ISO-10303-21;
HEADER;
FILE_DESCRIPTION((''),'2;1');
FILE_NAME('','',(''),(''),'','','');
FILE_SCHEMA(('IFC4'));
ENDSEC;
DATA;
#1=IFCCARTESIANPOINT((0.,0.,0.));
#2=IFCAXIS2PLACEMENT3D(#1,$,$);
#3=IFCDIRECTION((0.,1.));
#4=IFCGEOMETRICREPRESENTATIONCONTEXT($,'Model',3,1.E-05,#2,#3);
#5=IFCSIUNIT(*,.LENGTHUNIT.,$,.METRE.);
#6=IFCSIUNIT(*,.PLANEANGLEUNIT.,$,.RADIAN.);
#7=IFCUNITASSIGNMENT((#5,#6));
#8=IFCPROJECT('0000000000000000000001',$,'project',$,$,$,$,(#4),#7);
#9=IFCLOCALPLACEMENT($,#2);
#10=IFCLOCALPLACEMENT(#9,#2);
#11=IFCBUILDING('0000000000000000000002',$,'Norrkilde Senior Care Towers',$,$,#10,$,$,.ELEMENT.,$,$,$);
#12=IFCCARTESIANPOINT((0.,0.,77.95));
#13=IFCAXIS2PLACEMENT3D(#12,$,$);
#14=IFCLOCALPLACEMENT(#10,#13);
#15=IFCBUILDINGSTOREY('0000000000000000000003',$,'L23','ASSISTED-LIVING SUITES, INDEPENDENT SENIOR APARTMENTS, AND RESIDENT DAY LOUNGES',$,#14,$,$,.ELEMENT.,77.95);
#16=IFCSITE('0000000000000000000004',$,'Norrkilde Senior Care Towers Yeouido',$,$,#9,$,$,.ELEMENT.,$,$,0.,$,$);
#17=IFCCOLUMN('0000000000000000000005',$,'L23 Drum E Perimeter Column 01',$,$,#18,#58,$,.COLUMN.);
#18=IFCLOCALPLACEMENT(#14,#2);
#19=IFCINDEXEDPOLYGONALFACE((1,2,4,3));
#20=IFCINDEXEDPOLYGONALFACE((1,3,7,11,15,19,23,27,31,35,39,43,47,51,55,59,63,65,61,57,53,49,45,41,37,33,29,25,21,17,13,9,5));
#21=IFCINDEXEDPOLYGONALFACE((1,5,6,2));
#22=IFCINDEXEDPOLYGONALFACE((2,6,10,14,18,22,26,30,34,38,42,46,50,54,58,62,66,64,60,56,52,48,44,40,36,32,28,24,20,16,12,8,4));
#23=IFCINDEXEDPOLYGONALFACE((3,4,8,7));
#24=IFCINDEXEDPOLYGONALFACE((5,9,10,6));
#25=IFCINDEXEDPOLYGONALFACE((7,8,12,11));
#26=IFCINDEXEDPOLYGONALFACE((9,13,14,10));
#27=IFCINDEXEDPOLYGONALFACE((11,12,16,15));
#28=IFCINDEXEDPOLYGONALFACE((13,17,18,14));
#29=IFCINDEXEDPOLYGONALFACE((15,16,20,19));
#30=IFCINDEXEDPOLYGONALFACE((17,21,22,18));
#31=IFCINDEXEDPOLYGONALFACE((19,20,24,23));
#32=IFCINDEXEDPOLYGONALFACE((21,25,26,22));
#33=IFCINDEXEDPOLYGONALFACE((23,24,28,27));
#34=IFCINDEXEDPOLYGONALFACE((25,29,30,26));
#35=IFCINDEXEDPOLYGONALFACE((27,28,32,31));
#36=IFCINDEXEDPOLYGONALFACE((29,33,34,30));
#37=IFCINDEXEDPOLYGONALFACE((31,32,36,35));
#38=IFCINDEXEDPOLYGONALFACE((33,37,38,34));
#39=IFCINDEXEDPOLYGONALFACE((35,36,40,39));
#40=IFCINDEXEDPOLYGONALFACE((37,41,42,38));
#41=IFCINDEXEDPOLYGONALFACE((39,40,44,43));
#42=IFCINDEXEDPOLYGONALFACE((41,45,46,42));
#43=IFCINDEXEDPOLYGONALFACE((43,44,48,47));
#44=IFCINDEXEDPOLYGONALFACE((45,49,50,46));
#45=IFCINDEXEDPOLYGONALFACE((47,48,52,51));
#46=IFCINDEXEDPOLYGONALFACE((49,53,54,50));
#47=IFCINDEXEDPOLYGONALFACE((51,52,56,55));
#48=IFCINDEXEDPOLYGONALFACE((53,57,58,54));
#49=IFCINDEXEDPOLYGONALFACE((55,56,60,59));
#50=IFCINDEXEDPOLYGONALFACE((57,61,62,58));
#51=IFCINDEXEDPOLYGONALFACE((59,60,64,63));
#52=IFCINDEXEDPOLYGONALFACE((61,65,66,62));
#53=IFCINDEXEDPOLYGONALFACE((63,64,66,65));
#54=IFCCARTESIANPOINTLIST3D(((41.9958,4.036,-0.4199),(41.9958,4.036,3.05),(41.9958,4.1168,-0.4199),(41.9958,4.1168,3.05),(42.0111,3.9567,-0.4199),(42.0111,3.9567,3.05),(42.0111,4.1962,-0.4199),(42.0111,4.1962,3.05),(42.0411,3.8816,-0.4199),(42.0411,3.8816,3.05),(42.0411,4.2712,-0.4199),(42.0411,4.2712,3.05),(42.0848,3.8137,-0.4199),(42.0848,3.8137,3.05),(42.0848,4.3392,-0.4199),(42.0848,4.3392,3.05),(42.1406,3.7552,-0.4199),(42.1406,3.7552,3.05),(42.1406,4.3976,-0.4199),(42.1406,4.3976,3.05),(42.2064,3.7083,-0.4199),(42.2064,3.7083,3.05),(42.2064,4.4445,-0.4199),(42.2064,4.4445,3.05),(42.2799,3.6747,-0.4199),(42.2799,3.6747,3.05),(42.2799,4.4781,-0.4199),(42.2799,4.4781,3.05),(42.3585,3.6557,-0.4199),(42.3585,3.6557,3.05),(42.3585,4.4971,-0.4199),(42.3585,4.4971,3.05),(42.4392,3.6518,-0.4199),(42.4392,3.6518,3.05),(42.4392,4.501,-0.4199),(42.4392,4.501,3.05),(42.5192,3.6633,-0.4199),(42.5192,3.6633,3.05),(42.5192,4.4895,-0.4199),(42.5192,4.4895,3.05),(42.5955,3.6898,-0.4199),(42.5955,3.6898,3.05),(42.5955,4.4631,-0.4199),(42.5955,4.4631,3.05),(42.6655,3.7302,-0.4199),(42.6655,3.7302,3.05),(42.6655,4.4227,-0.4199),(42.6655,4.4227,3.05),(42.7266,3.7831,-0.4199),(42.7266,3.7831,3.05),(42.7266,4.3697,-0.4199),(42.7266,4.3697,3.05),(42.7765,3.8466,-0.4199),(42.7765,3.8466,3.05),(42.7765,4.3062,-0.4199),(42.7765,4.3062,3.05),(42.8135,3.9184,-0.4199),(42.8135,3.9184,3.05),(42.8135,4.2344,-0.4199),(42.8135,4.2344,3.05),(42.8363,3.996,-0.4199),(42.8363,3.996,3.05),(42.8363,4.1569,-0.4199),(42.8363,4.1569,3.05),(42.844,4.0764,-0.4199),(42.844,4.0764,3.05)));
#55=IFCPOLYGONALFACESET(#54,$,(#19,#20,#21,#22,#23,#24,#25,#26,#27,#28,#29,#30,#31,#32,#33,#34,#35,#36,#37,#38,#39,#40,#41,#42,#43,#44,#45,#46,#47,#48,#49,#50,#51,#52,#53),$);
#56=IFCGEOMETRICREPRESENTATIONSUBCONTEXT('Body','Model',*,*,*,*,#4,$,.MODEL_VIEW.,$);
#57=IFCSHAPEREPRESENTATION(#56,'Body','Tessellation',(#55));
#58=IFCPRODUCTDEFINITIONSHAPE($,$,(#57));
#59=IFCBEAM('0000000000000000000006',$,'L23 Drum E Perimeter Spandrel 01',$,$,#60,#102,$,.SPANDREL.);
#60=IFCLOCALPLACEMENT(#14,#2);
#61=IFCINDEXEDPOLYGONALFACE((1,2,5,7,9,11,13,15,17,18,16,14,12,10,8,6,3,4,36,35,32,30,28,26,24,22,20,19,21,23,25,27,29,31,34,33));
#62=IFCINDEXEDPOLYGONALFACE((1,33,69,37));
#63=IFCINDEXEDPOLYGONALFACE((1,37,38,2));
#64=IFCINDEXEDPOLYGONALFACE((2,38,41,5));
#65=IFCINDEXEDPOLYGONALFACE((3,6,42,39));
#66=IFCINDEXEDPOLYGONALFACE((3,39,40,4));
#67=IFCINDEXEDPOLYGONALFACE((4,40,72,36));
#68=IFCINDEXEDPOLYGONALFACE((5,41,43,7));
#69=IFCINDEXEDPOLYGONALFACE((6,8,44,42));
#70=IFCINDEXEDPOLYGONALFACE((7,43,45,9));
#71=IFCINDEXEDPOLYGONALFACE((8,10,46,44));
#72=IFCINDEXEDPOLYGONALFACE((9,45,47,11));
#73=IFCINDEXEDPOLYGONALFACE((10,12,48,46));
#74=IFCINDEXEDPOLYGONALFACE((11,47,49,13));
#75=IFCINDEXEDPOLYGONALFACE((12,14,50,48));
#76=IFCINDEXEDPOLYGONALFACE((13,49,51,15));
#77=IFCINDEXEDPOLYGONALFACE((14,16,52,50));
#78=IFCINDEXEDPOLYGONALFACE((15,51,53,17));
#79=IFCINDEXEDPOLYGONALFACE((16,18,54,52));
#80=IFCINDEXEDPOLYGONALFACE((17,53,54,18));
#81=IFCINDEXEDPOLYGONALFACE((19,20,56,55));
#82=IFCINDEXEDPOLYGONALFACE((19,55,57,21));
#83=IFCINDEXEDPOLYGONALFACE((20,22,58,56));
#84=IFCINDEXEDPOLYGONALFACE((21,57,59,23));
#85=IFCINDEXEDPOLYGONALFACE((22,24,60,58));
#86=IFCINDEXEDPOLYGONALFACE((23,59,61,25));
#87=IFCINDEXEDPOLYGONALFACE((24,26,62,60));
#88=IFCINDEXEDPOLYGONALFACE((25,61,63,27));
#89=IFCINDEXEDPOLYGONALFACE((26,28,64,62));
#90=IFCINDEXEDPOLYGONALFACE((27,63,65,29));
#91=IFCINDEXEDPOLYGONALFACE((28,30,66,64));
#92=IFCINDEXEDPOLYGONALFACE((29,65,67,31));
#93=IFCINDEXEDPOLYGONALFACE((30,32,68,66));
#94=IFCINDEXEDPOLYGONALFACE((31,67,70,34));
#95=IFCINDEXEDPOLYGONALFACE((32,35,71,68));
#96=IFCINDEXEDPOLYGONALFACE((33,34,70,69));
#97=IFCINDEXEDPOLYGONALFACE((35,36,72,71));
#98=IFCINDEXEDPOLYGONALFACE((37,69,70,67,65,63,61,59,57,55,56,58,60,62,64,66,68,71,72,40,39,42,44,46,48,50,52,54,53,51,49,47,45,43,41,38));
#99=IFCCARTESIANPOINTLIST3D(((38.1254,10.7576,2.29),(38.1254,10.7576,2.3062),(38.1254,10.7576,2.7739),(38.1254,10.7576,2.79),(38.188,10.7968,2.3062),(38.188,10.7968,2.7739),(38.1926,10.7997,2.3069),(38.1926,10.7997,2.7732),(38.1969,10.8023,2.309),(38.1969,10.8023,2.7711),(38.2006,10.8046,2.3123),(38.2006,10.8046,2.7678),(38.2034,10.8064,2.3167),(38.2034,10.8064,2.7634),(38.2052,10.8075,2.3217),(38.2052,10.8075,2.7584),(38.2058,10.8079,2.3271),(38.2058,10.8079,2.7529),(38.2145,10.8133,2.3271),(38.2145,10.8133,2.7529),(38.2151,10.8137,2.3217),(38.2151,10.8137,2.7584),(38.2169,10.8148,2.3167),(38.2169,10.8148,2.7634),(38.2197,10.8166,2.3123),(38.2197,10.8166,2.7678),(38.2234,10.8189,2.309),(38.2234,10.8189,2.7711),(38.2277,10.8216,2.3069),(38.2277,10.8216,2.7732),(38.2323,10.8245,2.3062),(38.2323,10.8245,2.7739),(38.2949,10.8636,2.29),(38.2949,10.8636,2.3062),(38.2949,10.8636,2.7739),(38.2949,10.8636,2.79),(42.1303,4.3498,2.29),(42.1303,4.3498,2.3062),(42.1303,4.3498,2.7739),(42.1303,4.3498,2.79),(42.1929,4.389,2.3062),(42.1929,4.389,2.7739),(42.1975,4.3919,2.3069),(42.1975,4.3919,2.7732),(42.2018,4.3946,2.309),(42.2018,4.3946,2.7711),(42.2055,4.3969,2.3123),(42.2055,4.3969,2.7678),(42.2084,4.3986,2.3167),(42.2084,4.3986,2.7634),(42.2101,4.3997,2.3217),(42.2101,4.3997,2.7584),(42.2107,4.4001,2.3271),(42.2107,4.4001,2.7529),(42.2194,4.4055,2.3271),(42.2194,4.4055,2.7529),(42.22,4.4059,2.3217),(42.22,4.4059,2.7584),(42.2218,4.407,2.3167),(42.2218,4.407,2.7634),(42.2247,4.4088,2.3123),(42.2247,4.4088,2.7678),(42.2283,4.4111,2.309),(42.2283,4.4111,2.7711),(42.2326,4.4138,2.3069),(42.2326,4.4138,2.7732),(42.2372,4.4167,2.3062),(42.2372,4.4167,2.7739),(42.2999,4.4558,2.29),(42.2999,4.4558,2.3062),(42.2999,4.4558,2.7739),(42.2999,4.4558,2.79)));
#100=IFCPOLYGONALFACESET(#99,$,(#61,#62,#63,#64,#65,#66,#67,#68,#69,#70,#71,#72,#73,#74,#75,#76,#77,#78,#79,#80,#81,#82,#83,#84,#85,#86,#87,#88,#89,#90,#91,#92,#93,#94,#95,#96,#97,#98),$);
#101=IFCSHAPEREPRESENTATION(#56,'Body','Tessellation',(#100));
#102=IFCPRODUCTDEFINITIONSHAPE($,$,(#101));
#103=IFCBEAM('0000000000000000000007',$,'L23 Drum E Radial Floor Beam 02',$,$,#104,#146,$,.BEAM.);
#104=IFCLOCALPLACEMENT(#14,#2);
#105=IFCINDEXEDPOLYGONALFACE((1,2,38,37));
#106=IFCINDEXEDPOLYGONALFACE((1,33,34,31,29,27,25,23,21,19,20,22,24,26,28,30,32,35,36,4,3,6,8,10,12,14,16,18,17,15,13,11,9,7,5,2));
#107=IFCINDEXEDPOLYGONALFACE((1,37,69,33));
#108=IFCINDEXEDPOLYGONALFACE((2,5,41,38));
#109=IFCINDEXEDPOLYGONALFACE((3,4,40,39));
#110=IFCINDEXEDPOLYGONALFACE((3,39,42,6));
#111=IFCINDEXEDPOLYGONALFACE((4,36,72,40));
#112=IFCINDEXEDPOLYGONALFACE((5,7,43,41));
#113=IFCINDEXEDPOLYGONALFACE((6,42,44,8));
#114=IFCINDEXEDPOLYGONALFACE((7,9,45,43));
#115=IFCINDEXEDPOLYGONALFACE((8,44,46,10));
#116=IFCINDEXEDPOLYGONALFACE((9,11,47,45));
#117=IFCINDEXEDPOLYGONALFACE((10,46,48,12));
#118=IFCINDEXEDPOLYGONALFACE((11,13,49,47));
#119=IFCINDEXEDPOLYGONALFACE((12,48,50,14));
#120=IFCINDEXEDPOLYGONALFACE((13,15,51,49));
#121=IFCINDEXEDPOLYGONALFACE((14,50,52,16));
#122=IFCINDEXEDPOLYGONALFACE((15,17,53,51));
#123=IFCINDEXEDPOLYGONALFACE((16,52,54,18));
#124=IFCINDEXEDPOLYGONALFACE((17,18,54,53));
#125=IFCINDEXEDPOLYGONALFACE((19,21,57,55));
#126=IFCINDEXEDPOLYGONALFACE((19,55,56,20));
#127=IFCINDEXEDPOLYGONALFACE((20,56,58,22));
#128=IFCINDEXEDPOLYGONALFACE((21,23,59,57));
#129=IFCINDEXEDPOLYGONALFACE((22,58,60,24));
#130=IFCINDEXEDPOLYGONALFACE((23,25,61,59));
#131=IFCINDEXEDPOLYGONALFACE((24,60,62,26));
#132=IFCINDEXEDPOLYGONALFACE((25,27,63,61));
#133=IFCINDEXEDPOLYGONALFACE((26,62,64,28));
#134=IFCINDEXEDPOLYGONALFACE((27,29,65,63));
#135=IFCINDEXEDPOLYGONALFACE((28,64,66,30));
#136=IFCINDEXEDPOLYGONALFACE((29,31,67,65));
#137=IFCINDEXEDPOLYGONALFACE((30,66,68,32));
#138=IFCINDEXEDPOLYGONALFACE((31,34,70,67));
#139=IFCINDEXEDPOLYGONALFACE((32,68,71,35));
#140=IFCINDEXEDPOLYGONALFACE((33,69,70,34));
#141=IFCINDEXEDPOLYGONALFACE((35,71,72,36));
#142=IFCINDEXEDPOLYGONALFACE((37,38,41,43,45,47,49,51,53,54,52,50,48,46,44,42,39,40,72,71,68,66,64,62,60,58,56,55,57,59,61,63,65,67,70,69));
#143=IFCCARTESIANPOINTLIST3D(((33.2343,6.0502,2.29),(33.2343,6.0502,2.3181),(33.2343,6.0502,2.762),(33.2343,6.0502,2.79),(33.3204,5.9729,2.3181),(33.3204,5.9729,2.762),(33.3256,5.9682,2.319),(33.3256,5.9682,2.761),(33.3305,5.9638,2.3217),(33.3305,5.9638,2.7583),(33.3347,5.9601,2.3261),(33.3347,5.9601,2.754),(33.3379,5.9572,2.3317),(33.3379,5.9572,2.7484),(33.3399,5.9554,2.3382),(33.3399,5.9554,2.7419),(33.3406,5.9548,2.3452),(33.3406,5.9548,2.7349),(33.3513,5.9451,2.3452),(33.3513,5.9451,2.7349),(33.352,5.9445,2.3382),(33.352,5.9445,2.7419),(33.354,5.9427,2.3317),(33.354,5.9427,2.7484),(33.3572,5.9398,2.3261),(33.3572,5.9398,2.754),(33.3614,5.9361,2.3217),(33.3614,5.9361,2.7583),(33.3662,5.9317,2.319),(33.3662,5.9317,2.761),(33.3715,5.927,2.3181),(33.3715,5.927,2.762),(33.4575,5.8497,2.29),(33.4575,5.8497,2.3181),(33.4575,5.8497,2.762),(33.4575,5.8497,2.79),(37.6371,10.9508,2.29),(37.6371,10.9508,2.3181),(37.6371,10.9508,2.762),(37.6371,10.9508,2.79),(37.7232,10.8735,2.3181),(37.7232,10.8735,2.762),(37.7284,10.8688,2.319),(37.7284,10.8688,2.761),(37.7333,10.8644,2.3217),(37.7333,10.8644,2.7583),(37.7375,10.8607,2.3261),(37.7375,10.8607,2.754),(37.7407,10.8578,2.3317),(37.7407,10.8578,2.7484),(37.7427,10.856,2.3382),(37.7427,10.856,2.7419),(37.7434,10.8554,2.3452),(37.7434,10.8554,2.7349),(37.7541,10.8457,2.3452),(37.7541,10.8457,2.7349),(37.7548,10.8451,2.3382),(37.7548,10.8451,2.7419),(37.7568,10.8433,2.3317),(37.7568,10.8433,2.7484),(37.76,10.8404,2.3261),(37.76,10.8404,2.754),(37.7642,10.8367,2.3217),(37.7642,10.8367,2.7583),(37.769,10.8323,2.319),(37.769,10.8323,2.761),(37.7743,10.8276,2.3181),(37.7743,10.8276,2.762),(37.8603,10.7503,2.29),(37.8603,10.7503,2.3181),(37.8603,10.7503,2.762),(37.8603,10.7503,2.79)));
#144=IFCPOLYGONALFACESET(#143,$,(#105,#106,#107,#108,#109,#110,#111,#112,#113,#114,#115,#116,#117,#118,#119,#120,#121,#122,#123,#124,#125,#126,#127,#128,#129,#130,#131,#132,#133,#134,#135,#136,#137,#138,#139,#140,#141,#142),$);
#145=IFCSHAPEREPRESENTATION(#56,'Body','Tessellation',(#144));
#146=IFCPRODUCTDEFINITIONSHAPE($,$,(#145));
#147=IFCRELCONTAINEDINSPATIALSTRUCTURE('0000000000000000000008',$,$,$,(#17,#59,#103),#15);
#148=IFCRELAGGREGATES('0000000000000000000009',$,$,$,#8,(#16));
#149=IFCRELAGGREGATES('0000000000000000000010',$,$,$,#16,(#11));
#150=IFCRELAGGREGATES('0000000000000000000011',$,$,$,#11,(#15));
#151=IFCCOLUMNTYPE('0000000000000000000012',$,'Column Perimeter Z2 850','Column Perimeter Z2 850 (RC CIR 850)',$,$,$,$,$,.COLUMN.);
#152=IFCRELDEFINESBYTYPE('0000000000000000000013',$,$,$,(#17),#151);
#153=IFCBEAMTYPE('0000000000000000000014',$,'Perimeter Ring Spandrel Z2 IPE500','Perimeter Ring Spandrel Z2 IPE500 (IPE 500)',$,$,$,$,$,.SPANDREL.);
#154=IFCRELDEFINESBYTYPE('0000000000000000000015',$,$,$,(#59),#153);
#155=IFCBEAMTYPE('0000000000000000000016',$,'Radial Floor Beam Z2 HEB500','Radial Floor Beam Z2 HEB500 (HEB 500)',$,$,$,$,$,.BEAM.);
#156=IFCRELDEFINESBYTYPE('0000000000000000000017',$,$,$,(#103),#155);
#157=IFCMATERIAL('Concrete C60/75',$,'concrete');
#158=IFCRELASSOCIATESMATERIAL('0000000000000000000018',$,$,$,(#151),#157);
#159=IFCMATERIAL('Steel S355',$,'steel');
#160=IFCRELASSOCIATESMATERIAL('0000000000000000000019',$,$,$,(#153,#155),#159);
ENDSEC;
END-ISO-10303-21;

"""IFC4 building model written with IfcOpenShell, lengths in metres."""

from ifc_helpers import new_model, si_unit, direction, frame, origin, origin_2d, place, context, subcontext, project, spatial, circle, i_section, extrude, source, transform, mapped, material, material_profile, profile_set, type_object, type_shapes, element, save


model = new_model("IFC4")

# Units and contexts
model_context = context("Model", 3, precision=1e-05, world=origin(), true_north=direction((0.0, 1.0)))
body_context = subcontext(model_context, "Body", "Model", "MODEL_VIEW")
ifc_project = project(units=[si_unit("LENGTHUNIT", "METRE"), si_unit("PLANEANGLEUNIT", "RADIAN")], contexts=[model_context])

# Site, building, storey
site_placement = place(None, origin())
site = spatial("IfcSite", under=ifc_project, at=site_placement, Name="Norrkilde Senior Care Towers Yeouido", CompositionType="ELEMENT", RefElevation=0.0)
building_placement = place(site_placement, origin())
building = spatial("IfcBuilding", under=site, at=building_placement, Name="Norrkilde Senior Care Towers", CompositionType="ELEMENT")
storey_placement = place(building_placement, frame((0.0, 0.0, 77.95)))
storey = spatial("IfcBuildingStorey", under=building, at=storey_placement, Name="L23", Description="ASSISTED-LIVING SUITES, INDEPENDENT SENIOR APARTMENTS, AND RESIDENT DAY LOUNGES", CompositionType="ELEMENT", Elevation=77.95)

# Column
ifc_material_1 = material(Name="Concrete C60/75", Category="concrete")
ifc_material_profile_1 = material_profile(ifc_material_1, circle(Radius=0.425, at=origin_2d()), Name="RC CIR 850")
ifc_profile_set_1 = profile_set([ifc_material_profile_1], Name="Concrete C60/75")
column_type = type_object("IfcColumnType", Name="Column Perimeter Z2 850", Description="Column Perimeter Z2 850 (RC CIR 850)", PredefinedType="COLUMN", material=ifc_profile_set_1)
shared_shape_1 = source(origin(), body_context, "Body", "SweptSolid", [
    extrude(circle(Radius=0.425, at=origin_2d()), origin(), (0.0, 0.0, 1.0), 3.47),
])
type_shapes(column_type, [shared_shape_1])
column_placement = place(storey_placement, frame((42.4189, 4.0764, -0.4199), z_axis=(0.0, 0.0, 1.0), x_axis=(1.0, 0.0, 0.0)))
element("IfcColumn", 1, at=column_placement, inside=storey, type_object=column_type, Name="L23 Drum E Perimeter Column 01", PredefinedType="COLUMN", context=body_context, shape_type="MappedRepresentation", body=[
    mapped(shared_shape_1, transform((0.0, 0.0, 0.0), x_axis=(1.0, 0.0, 0.0), y_axis=(0.0, 1.0, 0.0), z_axis=(0.0, 0.0, 1.0), scale=1.0)),
])

# Beams
ifc_material_2 = material(Name="Steel S355", Category="steel")
ifc_material_profile_2 = material_profile(ifc_material_2, i_section(OverallWidth=0.2, OverallDepth=0.5, WebThickness=0.0103, FlangeThickness=0.0161, FilletRadius=0.021, at=origin_2d()), Name="IPE 500")
ifc_profile_set_2 = profile_set([ifc_material_profile_2], Name="Steel S355")
beam_type_1 = type_object("IfcBeamType", Name="Perimeter Ring Spandrel Z2 IPE500", Description="Perimeter Ring Spandrel Z2 IPE500 (IPE 500)", PredefinedType="SPANDREL", material=ifc_profile_set_2)
shared_shape_2 = source(origin(), body_context, "Body", "SweptSolid", [
    extrude(i_section(OverallWidth=0.2, OverallDepth=0.5, WebThickness=0.0103, FlangeThickness=0.0161, FilletRadius=0.021, at=origin_2d()), origin(), (0.0, 0.0, 1.0), 7.5564),
])
type_shapes(beam_type_1, [shared_shape_2])
beam_1_placement = place(storey_placement, frame((42.2151, 4.4028, 2.54), z_axis=(-0.530005, 0.847995, 0.0), x_axis=(-0.847995, -0.530005, 0.0)))
element("IfcBeam", 2, at=beam_1_placement, inside=storey, type_object=beam_type_1, Name="L23 Drum E Perimeter Spandrel 01", PredefinedType="SPANDREL", context=body_context, shape_type="MappedRepresentation", body=[
    mapped(shared_shape_2, transform((0.0, 0.0, 0.0), x_axis=(1.0, 0.0, 0.0), y_axis=(0.0, 1.0, 0.0), z_axis=(0.0, 0.0, 1.0), scale=1.0)),
])
ifc_material_profile_3 = material_profile(ifc_material_2, i_section(OverallWidth=0.3, OverallDepth=0.5, WebThickness=0.0144, FlangeThickness=0.0281, FilletRadius=0.0271, at=origin_2d()), Name="HEB 500")
ifc_profile_set_3 = profile_set([ifc_material_profile_3], Name="Steel S355")
beam_type_2 = type_object("IfcBeamType", Name="Radial Floor Beam Z2 HEB500", Description="Radial Floor Beam Z2 HEB500 (HEB 500)", PredefinedType="BEAM", material=ifc_profile_set_3)
shared_shape_3 = source(origin(), body_context, "Body", "SweptSolid", [
    extrude(i_section(OverallWidth=0.3, OverallDepth=0.5, WebThickness=0.0144, FlangeThickness=0.0281, FilletRadius=0.0271, at=origin_2d()), origin(), (0.0, 0.0, 1.0), 6.5879),
])
beam_2_placement = place(storey_placement, frame((33.3459, 5.95, 2.54), z_axis=(0.668315, 0.743878, 0.0), x_axis=(-0.743878, 0.668315, 0.0)))
element("IfcBeam", 3, at=beam_2_placement, inside=storey, type_object=beam_type_2, Name="L23 Drum E Radial Floor Beam 02", PredefinedType="BEAM", context=body_context, shape_type="MappedRepresentation", body=[
    mapped(shared_shape_3, transform((0.0, 0.0, 0.0), x_axis=(1.0, 0.0, 0.0), y_axis=(0.0, 1.0, 0.0), z_axis=(0.0, 0.0, 1.0), scale=1.0)),
])

save(model, "model.ifc")
